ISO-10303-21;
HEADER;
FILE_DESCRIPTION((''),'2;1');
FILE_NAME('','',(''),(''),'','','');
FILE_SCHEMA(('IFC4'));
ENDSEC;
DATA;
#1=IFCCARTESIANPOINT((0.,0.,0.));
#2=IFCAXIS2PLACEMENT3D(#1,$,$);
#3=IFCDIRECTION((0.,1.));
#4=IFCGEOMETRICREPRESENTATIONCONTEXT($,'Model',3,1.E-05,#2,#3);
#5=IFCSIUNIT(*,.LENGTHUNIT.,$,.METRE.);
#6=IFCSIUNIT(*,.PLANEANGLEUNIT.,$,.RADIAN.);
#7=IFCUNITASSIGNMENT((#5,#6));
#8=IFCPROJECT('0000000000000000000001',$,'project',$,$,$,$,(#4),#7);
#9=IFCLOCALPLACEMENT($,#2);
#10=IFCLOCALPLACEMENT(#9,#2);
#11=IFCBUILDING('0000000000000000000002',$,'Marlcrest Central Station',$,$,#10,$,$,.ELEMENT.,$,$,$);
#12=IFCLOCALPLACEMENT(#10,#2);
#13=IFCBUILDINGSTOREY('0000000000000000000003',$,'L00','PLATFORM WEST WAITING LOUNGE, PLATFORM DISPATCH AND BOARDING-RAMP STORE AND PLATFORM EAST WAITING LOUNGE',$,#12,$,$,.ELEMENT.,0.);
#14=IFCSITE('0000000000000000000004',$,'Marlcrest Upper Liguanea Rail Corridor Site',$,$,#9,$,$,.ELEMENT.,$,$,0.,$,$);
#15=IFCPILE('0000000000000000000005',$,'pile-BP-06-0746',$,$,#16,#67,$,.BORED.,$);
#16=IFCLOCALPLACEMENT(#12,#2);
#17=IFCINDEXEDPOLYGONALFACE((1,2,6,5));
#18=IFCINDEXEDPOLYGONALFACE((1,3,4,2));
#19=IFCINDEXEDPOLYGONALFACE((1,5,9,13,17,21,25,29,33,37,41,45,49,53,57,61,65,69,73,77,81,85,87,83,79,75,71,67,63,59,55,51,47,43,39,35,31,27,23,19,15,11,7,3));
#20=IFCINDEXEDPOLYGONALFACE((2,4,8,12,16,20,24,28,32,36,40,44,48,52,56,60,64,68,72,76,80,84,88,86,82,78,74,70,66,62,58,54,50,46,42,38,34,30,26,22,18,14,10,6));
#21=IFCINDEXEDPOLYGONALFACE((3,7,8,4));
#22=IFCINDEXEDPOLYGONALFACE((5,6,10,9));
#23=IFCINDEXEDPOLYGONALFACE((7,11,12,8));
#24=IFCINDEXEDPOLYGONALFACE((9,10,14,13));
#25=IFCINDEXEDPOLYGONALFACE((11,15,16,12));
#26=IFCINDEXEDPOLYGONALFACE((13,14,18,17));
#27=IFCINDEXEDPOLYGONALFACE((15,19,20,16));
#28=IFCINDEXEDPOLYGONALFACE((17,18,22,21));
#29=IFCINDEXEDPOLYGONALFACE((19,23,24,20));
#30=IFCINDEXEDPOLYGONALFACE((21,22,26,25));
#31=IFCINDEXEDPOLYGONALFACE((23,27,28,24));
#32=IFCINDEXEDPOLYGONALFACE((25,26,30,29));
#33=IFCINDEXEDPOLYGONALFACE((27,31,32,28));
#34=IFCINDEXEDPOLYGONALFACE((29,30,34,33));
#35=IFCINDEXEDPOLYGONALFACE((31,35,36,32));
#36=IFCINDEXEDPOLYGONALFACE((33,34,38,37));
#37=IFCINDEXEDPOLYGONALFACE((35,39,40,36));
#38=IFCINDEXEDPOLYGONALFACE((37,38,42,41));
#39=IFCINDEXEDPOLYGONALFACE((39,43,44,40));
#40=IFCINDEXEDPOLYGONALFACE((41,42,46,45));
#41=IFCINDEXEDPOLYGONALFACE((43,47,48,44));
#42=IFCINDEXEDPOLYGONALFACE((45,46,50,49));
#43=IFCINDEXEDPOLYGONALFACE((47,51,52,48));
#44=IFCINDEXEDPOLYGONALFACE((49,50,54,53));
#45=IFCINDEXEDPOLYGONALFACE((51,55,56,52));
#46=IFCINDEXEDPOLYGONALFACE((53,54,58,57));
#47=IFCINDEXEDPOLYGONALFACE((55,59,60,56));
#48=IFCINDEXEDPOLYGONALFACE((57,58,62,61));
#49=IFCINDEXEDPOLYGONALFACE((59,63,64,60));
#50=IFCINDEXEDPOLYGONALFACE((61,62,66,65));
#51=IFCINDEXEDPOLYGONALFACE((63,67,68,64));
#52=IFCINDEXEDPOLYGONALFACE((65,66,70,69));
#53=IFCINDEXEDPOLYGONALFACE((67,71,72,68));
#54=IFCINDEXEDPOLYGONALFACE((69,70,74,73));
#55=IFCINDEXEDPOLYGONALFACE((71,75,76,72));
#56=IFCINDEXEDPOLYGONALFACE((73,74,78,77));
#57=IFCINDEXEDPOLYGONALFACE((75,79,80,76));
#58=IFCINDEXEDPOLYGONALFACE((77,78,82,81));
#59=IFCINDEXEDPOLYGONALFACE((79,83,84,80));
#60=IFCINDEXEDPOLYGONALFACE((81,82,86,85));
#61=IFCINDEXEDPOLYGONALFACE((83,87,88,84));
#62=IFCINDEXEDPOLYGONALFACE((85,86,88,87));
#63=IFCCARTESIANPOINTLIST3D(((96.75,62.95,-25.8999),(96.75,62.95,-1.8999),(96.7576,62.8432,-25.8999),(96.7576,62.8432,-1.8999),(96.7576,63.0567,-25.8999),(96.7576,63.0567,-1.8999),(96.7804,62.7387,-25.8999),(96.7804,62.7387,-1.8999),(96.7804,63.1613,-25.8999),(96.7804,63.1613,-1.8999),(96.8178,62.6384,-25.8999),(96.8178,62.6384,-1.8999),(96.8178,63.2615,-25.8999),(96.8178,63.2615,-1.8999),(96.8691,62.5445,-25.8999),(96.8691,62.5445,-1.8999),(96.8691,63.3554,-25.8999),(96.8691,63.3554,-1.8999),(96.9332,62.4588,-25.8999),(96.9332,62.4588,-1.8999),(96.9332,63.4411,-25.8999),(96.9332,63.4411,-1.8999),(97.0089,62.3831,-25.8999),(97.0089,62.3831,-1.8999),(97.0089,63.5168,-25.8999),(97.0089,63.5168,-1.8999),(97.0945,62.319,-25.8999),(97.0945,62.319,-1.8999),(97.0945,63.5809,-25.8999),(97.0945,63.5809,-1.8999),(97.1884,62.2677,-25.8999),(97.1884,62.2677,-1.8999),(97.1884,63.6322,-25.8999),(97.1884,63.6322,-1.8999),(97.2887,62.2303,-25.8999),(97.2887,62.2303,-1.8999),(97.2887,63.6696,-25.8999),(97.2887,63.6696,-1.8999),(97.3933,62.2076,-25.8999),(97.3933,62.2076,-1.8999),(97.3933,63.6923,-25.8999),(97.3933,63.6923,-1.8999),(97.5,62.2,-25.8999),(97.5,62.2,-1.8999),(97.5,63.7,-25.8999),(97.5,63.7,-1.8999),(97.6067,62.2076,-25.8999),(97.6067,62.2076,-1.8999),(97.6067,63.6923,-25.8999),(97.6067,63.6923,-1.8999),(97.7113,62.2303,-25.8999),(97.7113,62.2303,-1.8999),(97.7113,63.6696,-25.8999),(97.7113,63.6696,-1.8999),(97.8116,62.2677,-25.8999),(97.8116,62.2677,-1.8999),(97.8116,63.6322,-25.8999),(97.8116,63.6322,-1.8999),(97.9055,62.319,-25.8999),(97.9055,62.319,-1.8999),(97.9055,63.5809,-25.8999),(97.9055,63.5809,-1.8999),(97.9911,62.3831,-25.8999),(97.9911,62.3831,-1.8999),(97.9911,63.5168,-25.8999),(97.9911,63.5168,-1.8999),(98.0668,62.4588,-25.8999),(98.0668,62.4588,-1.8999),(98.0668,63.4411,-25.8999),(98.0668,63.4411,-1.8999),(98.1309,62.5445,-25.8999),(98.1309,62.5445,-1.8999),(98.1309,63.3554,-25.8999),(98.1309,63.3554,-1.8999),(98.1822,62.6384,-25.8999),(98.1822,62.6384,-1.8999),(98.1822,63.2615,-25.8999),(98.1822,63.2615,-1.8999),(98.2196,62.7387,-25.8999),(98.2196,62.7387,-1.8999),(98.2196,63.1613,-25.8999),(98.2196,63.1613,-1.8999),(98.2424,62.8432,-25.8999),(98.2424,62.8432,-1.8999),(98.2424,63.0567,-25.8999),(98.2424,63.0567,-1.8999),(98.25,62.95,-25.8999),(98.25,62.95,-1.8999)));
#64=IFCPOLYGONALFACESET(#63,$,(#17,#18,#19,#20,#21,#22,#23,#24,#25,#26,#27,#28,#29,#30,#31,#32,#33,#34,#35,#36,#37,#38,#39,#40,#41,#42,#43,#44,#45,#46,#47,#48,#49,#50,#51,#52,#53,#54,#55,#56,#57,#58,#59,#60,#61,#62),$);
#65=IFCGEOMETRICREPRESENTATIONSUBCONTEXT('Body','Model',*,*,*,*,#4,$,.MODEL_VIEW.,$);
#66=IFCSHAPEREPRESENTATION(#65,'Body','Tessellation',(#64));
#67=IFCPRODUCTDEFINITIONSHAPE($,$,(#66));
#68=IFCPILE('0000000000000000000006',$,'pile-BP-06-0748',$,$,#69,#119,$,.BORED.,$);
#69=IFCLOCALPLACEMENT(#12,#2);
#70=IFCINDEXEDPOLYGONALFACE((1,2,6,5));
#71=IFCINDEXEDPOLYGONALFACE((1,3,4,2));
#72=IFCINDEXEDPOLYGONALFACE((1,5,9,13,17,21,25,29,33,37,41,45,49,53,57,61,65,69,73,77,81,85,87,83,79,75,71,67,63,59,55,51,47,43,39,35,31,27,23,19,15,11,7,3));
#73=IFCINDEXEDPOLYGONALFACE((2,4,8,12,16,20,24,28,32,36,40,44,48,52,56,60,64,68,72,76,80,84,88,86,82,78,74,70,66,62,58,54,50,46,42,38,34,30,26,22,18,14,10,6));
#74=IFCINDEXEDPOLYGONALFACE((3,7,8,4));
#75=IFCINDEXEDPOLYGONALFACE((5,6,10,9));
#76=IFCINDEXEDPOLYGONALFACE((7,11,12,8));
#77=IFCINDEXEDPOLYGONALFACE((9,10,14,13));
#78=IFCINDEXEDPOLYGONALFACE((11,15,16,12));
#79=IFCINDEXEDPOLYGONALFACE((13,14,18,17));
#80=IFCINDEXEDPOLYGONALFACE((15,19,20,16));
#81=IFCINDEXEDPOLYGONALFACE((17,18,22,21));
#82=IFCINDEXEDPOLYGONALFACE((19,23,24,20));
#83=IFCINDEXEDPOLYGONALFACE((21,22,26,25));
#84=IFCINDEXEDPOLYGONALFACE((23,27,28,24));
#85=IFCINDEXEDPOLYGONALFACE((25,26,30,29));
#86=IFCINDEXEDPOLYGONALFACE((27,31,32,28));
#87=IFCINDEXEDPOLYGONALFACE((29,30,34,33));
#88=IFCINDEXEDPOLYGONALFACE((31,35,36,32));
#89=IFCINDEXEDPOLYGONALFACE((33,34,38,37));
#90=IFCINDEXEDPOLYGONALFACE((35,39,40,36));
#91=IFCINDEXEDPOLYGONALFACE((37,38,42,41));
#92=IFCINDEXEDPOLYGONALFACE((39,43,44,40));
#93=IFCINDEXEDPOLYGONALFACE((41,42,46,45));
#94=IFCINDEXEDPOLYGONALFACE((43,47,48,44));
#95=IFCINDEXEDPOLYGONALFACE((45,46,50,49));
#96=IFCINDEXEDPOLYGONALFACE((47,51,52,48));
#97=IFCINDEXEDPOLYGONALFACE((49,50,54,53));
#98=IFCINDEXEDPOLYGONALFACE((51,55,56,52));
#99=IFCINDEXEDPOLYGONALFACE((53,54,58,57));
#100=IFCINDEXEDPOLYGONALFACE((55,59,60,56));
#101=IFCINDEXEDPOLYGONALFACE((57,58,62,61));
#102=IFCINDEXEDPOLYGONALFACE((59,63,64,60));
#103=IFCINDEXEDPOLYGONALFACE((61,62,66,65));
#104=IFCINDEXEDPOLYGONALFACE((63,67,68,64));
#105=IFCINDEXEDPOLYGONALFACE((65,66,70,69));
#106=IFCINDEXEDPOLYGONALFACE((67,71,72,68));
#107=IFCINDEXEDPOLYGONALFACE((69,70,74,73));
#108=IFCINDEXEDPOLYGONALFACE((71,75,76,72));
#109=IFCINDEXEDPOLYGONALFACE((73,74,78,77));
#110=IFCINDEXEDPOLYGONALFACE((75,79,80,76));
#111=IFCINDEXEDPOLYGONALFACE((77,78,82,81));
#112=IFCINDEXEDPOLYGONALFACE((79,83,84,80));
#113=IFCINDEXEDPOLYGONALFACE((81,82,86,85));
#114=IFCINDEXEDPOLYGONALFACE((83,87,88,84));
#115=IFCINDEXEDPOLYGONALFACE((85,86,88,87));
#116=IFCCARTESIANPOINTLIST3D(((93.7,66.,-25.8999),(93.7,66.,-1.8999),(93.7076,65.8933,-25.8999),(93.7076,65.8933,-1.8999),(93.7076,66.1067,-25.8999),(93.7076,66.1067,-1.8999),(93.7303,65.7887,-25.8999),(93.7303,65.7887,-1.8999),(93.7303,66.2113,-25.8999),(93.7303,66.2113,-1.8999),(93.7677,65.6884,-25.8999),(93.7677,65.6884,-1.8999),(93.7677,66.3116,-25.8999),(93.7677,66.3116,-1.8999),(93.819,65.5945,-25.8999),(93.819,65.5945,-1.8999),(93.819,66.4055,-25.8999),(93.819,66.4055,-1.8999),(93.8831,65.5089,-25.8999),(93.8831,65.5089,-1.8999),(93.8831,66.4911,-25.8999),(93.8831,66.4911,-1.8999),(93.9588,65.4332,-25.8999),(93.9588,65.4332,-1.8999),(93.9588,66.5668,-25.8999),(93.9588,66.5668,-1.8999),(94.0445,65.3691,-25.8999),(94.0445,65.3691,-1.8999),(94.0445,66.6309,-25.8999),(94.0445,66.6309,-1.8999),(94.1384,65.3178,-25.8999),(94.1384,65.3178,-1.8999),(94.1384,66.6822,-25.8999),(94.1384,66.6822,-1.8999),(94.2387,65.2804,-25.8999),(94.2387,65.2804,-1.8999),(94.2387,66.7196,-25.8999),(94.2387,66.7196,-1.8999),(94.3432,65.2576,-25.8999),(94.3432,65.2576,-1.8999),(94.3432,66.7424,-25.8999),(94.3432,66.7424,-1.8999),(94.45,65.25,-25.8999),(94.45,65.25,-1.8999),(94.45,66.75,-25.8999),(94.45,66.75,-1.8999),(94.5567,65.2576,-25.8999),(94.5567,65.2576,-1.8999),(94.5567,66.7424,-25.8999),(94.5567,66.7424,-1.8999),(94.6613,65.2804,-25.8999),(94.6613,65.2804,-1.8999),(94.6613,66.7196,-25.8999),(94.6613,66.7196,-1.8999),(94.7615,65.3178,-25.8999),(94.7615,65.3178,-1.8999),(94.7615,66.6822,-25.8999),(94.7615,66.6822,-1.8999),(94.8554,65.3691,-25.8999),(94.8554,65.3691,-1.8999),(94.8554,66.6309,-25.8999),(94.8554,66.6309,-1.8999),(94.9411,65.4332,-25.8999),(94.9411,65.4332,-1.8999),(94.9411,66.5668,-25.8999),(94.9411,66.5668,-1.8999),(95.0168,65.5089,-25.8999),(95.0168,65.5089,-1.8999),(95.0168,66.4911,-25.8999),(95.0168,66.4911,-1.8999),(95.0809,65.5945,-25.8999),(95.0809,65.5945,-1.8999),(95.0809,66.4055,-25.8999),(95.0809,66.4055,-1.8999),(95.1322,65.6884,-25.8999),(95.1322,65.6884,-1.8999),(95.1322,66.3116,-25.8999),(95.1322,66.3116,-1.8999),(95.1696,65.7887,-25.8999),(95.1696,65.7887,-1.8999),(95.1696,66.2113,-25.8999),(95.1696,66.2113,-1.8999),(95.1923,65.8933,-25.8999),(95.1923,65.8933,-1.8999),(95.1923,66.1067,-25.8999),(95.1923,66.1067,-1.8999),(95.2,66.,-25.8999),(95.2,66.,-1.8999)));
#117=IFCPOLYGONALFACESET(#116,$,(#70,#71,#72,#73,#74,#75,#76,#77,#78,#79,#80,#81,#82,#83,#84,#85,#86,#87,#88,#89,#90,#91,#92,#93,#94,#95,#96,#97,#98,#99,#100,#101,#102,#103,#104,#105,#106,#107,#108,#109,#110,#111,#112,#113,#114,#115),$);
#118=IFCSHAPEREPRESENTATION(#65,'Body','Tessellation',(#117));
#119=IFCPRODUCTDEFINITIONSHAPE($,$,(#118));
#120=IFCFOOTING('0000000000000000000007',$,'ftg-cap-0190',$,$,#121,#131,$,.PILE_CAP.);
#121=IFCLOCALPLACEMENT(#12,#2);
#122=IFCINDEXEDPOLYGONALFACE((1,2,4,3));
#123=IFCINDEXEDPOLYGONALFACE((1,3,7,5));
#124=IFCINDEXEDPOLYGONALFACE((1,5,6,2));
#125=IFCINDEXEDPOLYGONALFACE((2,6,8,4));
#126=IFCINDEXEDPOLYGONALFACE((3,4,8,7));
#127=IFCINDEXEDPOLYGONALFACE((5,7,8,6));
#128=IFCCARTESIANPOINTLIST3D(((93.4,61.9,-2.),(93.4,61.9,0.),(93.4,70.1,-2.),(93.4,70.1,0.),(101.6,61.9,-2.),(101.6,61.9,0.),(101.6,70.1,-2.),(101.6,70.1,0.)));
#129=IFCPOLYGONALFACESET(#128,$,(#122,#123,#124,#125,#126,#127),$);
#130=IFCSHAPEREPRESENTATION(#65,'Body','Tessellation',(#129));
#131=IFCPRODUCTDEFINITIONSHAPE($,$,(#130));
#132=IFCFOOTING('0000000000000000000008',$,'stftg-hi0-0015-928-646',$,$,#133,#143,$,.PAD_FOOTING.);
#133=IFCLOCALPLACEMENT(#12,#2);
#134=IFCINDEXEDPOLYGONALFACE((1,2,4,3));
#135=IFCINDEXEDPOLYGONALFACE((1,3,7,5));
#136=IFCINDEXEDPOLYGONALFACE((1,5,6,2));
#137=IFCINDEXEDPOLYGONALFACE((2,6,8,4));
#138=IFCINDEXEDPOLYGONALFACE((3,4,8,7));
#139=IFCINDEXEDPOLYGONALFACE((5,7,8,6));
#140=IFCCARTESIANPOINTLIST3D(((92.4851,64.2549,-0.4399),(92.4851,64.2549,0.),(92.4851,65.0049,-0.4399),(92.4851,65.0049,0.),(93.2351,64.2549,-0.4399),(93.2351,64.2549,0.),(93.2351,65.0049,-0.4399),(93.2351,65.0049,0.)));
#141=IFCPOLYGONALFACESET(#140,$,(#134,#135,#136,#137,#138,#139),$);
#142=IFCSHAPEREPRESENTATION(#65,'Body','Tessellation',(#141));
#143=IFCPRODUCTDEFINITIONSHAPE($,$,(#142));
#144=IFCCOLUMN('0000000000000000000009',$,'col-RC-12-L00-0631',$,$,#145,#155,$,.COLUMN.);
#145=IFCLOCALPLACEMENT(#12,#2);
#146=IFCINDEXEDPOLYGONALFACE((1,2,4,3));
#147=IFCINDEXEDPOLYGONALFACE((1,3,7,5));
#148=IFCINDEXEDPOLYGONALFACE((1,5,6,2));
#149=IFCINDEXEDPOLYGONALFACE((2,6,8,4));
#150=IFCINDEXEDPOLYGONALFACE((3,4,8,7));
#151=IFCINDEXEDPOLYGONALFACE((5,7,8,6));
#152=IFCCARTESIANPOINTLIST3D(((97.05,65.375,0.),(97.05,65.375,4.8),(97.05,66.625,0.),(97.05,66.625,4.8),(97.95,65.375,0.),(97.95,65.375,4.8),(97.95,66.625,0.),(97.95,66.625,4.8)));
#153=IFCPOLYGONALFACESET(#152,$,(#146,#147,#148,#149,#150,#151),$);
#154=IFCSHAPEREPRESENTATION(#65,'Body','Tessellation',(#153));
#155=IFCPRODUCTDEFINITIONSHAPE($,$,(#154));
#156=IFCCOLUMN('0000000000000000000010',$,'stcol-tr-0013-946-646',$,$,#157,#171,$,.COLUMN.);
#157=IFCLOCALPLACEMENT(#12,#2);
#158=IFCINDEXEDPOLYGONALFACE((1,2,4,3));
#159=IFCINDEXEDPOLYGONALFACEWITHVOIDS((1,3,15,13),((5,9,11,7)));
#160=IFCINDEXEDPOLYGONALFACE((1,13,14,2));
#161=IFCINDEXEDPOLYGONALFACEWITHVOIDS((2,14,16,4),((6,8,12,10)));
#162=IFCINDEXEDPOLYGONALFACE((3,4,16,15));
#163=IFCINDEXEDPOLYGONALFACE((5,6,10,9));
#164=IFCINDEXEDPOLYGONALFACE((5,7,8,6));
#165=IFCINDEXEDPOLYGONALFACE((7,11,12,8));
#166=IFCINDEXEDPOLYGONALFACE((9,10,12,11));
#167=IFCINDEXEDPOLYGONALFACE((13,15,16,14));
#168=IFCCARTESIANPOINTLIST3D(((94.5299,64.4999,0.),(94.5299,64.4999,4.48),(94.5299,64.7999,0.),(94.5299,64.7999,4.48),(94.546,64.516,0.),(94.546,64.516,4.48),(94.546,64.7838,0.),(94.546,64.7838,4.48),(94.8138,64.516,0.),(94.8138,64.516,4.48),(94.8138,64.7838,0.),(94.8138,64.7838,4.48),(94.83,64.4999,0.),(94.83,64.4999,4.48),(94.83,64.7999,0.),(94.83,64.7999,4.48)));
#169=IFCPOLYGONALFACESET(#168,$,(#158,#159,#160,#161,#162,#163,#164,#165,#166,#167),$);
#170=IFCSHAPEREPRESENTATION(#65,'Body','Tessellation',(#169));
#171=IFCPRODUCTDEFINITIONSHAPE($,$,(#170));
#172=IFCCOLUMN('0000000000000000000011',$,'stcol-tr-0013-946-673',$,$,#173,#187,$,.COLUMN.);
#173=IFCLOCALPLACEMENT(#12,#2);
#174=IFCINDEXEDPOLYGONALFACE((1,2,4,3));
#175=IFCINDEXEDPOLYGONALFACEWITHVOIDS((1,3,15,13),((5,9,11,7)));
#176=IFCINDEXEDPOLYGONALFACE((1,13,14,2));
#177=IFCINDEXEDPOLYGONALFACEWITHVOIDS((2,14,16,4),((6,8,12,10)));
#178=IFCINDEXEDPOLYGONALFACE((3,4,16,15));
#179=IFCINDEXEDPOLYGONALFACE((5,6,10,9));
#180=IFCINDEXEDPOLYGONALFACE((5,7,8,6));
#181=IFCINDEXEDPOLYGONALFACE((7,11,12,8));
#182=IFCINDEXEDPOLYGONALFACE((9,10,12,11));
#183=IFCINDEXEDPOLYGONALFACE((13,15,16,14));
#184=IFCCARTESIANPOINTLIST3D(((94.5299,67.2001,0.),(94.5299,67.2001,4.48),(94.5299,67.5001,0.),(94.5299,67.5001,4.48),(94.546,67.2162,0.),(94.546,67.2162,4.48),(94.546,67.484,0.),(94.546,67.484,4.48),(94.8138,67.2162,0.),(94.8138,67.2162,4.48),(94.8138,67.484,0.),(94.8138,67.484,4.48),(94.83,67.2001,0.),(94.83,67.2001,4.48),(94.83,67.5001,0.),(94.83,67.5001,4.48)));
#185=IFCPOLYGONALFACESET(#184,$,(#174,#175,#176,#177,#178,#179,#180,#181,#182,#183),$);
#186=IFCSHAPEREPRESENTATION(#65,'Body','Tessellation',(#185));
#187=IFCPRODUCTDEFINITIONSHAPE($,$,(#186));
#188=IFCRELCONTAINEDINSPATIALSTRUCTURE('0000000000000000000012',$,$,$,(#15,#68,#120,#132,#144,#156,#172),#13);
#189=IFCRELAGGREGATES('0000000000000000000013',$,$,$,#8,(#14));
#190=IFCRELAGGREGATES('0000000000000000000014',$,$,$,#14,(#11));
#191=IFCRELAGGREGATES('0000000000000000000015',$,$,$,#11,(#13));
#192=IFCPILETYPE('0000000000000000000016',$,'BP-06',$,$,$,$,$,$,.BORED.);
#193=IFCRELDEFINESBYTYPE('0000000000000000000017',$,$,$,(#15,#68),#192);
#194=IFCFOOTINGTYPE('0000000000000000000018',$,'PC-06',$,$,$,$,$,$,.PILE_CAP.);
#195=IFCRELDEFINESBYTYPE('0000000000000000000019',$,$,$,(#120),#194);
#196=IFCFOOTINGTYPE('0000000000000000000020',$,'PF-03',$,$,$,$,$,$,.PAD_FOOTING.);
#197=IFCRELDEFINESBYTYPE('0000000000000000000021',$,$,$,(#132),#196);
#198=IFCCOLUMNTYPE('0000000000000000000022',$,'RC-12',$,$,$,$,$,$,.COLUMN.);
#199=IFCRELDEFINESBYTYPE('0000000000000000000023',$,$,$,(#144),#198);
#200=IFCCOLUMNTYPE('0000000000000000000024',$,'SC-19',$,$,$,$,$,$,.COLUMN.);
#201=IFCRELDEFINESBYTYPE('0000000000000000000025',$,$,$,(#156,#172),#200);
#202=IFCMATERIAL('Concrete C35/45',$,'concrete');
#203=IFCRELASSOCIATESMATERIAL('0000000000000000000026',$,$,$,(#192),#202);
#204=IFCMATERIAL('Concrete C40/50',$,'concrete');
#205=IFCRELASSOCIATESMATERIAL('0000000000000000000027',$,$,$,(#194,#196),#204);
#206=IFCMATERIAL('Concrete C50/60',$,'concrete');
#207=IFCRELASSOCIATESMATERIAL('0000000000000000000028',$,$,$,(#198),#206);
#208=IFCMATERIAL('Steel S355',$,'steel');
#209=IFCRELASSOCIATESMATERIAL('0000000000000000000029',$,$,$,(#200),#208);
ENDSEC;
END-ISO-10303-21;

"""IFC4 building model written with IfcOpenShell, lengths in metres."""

from ifc_helpers import new_model, si_unit, direction, frame, origin, origin_2d, place, context, subcontext, project, spatial, rectangle, hollow_rectangle, circle, extrude, material, material_profile, profile_set, type_object, element, save


model = new_model("IFC4")

# Units and contexts
model_context = context("Model", 3, precision=1e-05, world=origin(), true_north=direction((0.0, 1.0)))
body_context = subcontext(model_context, "Body", "Model", "MODEL_VIEW")
ifc_project = project(units=[si_unit("LENGTHUNIT", "METRE"), si_unit("PLANEANGLEUNIT", "RADIAN")], contexts=[model_context])

# Site, building, storey
site_placement = place(None, origin())
site = spatial("IfcSite", under=ifc_project, at=site_placement, Name="Marlcrest Upper Liguanea Rail Corridor Site", CompositionType="ELEMENT", RefElevation=0.0)
building_placement = place(site_placement, origin())
building = spatial("IfcBuilding", under=site, at=building_placement, Name="Marlcrest Central Station", CompositionType="ELEMENT")
storey_placement = place(building_placement, origin())
storey = spatial("IfcBuildingStorey", under=building, at=storey_placement, Name="L00", Description="PLATFORM WEST WAITING LOUNGE, PLATFORM DISPATCH AND BOARDING-RAMP STORE AND PLATFORM EAST WAITING LOUNGE", CompositionType="ELEMENT", Elevation=0.0)

# Piles
ifc_material_1 = material(Name="Concrete C35/45", Category="concrete")
ifc_material_profile_1 = material_profile(ifc_material_1, circle(Radius=0.75, at=origin_2d()), Name="PILE D1500")
ifc_profile_set_1 = profile_set([ifc_material_profile_1], Name="Concrete C35/45")
pile_type = type_object("IfcPileType", Name="BP-06", PredefinedType="BORED", material=ifc_profile_set_1)
for number, where, z_axis, x_axis, name in (
    (1, (97.5, 62.95, -1.8999), (0.0, 0.0, -1.0), (1.0, 0.0, 0.0), "pile-BP-06-0746"),
    (2, (94.45, 66.0, -1.8999), (0.0, 0.0, -1.0), (1.0, 0.0, 0.0), "pile-BP-06-0748"),
):
    element("IfcPile", number, at=place(storey_placement, frame(where, z_axis=z_axis, x_axis=x_axis)), inside=storey, type_object=pile_type, Name=name, PredefinedType="BORED", context=body_context, shape_type="SweptSolid", body=[
        extrude(circle(Radius=0.75, at=origin_2d()), origin(), (0.0, 0.0, 1.0), 24.0),
    ])

# Footings
ifc_material_2 = material(Name="Concrete C40/50", Category="concrete")
footing_type_1 = type_object("IfcFootingType", Name="PC-06", PredefinedType="PILE_CAP", material=ifc_material_2)
footing_1_placement = place(storey_placement, frame((97.5, 66.0, -2.0), z_axis=(0.0, 0.0, 1.0), x_axis=(1.0, 0.0, 0.0)))
element("IfcFooting", 3, at=footing_1_placement, inside=storey, type_object=footing_type_1, Name="ftg-cap-0190", PredefinedType="PILE_CAP", context=body_context, shape_type="SweptSolid", body=[
    extrude(rectangle(XDim=8.2, YDim=8.2, at=origin_2d()), origin(), (0.0, 0.0, 1.0), 2.0),
])
footing_type_2 = type_object("IfcFootingType", Name="PF-03", PredefinedType="PAD_FOOTING", material=ifc_material_2)
footing_2_placement = place(storey_placement, frame((92.8601, 64.6299, -0.4399), z_axis=(0.0, 0.0, 1.0), x_axis=(1.0, 0.0, 0.0)))
element("IfcFooting", 4, at=footing_2_placement, inside=storey, type_object=footing_type_2, Name="stftg-hi0-0015-928-646", PredefinedType="PAD_FOOTING", context=body_context, shape_type="SweptSolid", body=[
    extrude(rectangle(XDim=0.75, YDim=0.75, at=origin_2d()), origin(), (0.0, 0.0, 1.0), 0.4399),
])

# Columns
ifc_material_3 = material(Name="Concrete C50/60", Category="concrete")
ifc_material_profile_2 = material_profile(ifc_material_3, rectangle(XDim=0.8999, YDim=1.25, at=origin_2d()), Name="RC 900x1250")
ifc_profile_set_2 = profile_set([ifc_material_profile_2], Name="Concrete C50/60")
column_type_1 = type_object("IfcColumnType", Name="RC-12", PredefinedType="COLUMN", material=ifc_profile_set_2)
column_placement = place(storey_placement, frame((97.5, 66.0, 0.0), z_axis=(0.0, 0.0, 1.0), x_axis=(1.0, 0.0, 0.0)))
element("IfcColumn", 5, at=column_placement, inside=storey, type_object=column_type_1, Name="col-RC-12-L00-0631", PredefinedType="COLUMN", context=body_context, shape_type="SweptSolid", body=[
    extrude(rectangle(XDim=0.8999, YDim=1.25, at=origin_2d()), origin(), (0.0, 0.0, 1.0), 4.8),
])
ifc_material_4 = material(Name="Steel S355", Category="steel")
ifc_material_profile_3 = material_profile(ifc_material_4, hollow_rectangle(XDim=0.3, YDim=0.3, WallThickness=0.0161, at=origin_2d()), Name="SHS 300x300x16")
ifc_profile_set_3 = profile_set([ifc_material_profile_3], Name="Steel S355")
column_type_2 = type_object("IfcColumnType", Name="SC-19", PredefinedType="COLUMN", material=ifc_profile_set_3)
for number, where, z_axis, x_axis, name in (
    (6, (94.6799, 64.6499, 0.0), (0.0, 0.0, 1.0), (1.0, 0.0, 0.0), "stcol-tr-0013-946-646"),
    (7, (94.6799, 67.3501, 0.0), (0.0, 0.0, 1.0), (1.0, 0.0, 0.0), "stcol-tr-0013-946-673"),
):
    element("IfcColumn", number, at=place(storey_placement, frame(where, z_axis=z_axis, x_axis=x_axis)), inside=storey, type_object=column_type_2, Name=name, PredefinedType="COLUMN", context=body_context, shape_type="SweptSolid", body=[
        extrude(hollow_rectangle(XDim=0.3, YDim=0.3, WallThickness=0.0161, at=origin_2d()), origin(), (0.0, 0.0, 1.0), 4.48),
    ])

save(model, "model.ifc")
